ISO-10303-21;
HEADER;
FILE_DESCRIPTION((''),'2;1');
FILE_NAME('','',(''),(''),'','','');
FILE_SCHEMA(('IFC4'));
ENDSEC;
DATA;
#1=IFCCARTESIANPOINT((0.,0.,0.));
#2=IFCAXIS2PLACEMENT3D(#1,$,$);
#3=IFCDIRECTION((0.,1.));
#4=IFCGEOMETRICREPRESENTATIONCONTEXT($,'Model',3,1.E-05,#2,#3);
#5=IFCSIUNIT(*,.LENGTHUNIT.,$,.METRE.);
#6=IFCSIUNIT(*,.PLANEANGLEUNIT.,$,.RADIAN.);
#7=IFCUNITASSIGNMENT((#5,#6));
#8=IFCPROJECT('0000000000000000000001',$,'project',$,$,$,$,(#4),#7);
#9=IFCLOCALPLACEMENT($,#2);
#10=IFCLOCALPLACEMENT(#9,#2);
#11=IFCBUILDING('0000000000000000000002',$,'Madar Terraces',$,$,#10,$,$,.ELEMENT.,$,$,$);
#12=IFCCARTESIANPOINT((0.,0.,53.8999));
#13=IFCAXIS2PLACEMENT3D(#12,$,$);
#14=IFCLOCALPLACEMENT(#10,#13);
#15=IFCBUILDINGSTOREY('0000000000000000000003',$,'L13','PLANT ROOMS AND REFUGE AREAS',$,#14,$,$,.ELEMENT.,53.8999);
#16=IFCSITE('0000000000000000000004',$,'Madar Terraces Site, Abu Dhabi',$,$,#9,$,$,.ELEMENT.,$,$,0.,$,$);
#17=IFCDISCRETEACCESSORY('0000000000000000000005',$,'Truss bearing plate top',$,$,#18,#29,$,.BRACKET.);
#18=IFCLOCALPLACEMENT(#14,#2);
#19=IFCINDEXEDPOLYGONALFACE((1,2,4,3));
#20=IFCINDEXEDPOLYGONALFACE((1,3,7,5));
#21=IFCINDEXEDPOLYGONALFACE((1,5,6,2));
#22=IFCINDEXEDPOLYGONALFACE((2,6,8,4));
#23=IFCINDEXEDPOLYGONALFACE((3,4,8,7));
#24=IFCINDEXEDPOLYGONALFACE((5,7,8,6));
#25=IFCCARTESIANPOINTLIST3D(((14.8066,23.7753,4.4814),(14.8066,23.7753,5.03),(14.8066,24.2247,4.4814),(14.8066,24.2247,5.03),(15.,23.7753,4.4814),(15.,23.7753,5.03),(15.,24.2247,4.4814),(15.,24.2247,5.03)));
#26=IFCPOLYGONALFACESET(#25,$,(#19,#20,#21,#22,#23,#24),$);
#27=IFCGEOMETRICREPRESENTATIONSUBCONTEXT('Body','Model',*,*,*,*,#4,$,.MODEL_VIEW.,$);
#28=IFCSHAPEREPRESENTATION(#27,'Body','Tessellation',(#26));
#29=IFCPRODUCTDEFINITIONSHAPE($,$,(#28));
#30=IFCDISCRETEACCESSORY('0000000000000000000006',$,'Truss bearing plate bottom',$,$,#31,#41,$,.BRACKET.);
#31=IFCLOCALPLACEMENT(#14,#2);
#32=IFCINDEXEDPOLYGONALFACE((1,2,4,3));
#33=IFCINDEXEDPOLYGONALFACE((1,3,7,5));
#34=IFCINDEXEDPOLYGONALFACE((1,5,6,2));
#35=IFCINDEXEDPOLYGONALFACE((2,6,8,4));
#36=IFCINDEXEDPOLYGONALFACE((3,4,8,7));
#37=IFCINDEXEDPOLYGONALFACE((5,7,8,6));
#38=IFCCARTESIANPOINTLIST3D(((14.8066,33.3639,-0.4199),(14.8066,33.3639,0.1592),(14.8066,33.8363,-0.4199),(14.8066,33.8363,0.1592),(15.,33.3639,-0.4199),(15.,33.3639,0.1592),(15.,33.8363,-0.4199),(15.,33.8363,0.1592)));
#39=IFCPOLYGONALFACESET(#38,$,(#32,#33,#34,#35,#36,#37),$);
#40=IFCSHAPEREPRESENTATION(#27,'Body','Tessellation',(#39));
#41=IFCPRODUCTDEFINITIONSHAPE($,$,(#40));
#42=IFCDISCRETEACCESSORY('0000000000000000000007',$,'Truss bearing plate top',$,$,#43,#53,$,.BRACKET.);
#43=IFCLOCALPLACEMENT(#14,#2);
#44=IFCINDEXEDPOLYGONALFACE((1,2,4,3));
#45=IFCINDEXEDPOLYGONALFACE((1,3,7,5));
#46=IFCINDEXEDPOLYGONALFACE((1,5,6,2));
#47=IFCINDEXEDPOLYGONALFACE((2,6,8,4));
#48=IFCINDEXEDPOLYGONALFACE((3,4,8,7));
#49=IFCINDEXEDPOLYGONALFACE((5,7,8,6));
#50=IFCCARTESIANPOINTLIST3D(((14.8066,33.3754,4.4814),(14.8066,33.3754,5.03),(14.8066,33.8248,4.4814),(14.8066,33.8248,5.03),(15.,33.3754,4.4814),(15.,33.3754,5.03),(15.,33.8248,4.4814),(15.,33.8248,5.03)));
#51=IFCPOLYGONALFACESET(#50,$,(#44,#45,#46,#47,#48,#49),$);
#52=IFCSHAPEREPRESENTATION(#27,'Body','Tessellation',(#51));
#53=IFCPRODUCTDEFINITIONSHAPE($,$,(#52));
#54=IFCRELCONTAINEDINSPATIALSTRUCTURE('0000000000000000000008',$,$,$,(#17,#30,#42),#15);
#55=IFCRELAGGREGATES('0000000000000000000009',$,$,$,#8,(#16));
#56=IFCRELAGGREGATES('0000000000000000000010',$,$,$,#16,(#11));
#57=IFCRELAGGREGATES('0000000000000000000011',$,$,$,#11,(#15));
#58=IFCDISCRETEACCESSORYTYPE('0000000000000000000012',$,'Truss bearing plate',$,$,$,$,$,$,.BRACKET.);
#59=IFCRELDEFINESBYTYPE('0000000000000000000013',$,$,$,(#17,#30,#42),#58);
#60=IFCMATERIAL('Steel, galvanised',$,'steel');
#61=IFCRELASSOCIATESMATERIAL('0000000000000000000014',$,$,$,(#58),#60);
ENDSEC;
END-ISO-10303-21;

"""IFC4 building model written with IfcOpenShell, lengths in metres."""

from ifc_helpers import new_model, si_unit, direction, frame, origin, origin_2d, place, context, subcontext, project, spatial, rectangle, extrude, material, type_object, element, save


model = new_model("IFC4")

# Units and contexts
model_context = context("Model", 3, precision=1e-05, world=origin(), true_north=direction((0.0, 1.0)))
body_context = subcontext(model_context, "Body", "Model", "MODEL_VIEW")
ifc_project = project(units=[si_unit("LENGTHUNIT", "METRE"), si_unit("PLANEANGLEUNIT", "RADIAN")], contexts=[model_context])

# Site, building, storey
site_placement = place(None, origin())
site = spatial("IfcSite", under=ifc_project, at=site_placement, Name="Madar Terraces Site, Abu Dhabi", CompositionType="ELEMENT", RefElevation=0.0)
building_placement = place(site_placement, origin())
building = spatial("IfcBuilding", under=site, at=building_placement, Name="Madar Terraces", CompositionType="ELEMENT")
storey_placement = place(building_placement, frame((0.0, 0.0, 53.8999)))
storey = spatial("IfcBuildingStorey", under=building, at=storey_placement, Name="L13", Description="PLANT ROOMS AND REFUGE AREAS", CompositionType="ELEMENT", Elevation=53.8999)

# Discrete accessories
ifc_material_1 = material(Name="Steel, galvanised", Category="steel")
discrete_accessory_type = type_object("IfcDiscreteAccessoryType", Name="Truss bearing plate", PredefinedType="BRACKET", material=ifc_material_1)
discrete_accessory_1_placement = place(storey_placement, frame((14.9033, 24.0, 4.4814), z_axis=(0.0, 0.0, 1.0), x_axis=(1.0, 0.0, 0.0)))
element("IfcDiscreteAccessory", 1, at=discrete_accessory_1_placement, inside=storey, type_object=discrete_accessory_type, Name="Truss bearing plate top", PredefinedType="BRACKET", context=body_context, shape_type="SweptSolid", body=[
    extrude(rectangle(XDim=0.1934, YDim=0.4495, at=origin_2d()), origin(), (0.0, 0.0, 1.0), 0.5486),
])
discrete_accessory_2_placement = place(storey_placement, frame((14.9033, 33.6001, -0.4199), z_axis=(0.0, 0.0, 1.0), x_axis=(1.0, 0.0, 0.0)))
element("IfcDiscreteAccessory", 2, at=discrete_accessory_2_placement, inside=storey, type_object=discrete_accessory_type, Name="Truss bearing plate bottom", PredefinedType="BRACKET", context=body_context, shape_type="SweptSolid", body=[
    extrude(rectangle(XDim=0.1934, YDim=0.4724, at=origin_2d()), origin(), (0.0, 0.0, 1.0), 0.5791),
])
discrete_accessory_3_placement = place(storey_placement, frame((14.9033, 33.6001, 4.4814), z_axis=(0.0, 0.0, 1.0), x_axis=(1.0, 0.0, 0.0)))
element("IfcDiscreteAccessory", 3, at=discrete_accessory_3_placement, inside=storey, type_object=discrete_accessory_type, Name="Truss bearing plate top", PredefinedType="BRACKET", context=body_context, shape_type="SweptSolid", body=[
    extrude(rectangle(XDim=0.1934, YDim=0.4495, at=origin_2d()), origin(), (0.0, 0.0, 1.0), 0.5486),
])

save(model, "model.ifc")
